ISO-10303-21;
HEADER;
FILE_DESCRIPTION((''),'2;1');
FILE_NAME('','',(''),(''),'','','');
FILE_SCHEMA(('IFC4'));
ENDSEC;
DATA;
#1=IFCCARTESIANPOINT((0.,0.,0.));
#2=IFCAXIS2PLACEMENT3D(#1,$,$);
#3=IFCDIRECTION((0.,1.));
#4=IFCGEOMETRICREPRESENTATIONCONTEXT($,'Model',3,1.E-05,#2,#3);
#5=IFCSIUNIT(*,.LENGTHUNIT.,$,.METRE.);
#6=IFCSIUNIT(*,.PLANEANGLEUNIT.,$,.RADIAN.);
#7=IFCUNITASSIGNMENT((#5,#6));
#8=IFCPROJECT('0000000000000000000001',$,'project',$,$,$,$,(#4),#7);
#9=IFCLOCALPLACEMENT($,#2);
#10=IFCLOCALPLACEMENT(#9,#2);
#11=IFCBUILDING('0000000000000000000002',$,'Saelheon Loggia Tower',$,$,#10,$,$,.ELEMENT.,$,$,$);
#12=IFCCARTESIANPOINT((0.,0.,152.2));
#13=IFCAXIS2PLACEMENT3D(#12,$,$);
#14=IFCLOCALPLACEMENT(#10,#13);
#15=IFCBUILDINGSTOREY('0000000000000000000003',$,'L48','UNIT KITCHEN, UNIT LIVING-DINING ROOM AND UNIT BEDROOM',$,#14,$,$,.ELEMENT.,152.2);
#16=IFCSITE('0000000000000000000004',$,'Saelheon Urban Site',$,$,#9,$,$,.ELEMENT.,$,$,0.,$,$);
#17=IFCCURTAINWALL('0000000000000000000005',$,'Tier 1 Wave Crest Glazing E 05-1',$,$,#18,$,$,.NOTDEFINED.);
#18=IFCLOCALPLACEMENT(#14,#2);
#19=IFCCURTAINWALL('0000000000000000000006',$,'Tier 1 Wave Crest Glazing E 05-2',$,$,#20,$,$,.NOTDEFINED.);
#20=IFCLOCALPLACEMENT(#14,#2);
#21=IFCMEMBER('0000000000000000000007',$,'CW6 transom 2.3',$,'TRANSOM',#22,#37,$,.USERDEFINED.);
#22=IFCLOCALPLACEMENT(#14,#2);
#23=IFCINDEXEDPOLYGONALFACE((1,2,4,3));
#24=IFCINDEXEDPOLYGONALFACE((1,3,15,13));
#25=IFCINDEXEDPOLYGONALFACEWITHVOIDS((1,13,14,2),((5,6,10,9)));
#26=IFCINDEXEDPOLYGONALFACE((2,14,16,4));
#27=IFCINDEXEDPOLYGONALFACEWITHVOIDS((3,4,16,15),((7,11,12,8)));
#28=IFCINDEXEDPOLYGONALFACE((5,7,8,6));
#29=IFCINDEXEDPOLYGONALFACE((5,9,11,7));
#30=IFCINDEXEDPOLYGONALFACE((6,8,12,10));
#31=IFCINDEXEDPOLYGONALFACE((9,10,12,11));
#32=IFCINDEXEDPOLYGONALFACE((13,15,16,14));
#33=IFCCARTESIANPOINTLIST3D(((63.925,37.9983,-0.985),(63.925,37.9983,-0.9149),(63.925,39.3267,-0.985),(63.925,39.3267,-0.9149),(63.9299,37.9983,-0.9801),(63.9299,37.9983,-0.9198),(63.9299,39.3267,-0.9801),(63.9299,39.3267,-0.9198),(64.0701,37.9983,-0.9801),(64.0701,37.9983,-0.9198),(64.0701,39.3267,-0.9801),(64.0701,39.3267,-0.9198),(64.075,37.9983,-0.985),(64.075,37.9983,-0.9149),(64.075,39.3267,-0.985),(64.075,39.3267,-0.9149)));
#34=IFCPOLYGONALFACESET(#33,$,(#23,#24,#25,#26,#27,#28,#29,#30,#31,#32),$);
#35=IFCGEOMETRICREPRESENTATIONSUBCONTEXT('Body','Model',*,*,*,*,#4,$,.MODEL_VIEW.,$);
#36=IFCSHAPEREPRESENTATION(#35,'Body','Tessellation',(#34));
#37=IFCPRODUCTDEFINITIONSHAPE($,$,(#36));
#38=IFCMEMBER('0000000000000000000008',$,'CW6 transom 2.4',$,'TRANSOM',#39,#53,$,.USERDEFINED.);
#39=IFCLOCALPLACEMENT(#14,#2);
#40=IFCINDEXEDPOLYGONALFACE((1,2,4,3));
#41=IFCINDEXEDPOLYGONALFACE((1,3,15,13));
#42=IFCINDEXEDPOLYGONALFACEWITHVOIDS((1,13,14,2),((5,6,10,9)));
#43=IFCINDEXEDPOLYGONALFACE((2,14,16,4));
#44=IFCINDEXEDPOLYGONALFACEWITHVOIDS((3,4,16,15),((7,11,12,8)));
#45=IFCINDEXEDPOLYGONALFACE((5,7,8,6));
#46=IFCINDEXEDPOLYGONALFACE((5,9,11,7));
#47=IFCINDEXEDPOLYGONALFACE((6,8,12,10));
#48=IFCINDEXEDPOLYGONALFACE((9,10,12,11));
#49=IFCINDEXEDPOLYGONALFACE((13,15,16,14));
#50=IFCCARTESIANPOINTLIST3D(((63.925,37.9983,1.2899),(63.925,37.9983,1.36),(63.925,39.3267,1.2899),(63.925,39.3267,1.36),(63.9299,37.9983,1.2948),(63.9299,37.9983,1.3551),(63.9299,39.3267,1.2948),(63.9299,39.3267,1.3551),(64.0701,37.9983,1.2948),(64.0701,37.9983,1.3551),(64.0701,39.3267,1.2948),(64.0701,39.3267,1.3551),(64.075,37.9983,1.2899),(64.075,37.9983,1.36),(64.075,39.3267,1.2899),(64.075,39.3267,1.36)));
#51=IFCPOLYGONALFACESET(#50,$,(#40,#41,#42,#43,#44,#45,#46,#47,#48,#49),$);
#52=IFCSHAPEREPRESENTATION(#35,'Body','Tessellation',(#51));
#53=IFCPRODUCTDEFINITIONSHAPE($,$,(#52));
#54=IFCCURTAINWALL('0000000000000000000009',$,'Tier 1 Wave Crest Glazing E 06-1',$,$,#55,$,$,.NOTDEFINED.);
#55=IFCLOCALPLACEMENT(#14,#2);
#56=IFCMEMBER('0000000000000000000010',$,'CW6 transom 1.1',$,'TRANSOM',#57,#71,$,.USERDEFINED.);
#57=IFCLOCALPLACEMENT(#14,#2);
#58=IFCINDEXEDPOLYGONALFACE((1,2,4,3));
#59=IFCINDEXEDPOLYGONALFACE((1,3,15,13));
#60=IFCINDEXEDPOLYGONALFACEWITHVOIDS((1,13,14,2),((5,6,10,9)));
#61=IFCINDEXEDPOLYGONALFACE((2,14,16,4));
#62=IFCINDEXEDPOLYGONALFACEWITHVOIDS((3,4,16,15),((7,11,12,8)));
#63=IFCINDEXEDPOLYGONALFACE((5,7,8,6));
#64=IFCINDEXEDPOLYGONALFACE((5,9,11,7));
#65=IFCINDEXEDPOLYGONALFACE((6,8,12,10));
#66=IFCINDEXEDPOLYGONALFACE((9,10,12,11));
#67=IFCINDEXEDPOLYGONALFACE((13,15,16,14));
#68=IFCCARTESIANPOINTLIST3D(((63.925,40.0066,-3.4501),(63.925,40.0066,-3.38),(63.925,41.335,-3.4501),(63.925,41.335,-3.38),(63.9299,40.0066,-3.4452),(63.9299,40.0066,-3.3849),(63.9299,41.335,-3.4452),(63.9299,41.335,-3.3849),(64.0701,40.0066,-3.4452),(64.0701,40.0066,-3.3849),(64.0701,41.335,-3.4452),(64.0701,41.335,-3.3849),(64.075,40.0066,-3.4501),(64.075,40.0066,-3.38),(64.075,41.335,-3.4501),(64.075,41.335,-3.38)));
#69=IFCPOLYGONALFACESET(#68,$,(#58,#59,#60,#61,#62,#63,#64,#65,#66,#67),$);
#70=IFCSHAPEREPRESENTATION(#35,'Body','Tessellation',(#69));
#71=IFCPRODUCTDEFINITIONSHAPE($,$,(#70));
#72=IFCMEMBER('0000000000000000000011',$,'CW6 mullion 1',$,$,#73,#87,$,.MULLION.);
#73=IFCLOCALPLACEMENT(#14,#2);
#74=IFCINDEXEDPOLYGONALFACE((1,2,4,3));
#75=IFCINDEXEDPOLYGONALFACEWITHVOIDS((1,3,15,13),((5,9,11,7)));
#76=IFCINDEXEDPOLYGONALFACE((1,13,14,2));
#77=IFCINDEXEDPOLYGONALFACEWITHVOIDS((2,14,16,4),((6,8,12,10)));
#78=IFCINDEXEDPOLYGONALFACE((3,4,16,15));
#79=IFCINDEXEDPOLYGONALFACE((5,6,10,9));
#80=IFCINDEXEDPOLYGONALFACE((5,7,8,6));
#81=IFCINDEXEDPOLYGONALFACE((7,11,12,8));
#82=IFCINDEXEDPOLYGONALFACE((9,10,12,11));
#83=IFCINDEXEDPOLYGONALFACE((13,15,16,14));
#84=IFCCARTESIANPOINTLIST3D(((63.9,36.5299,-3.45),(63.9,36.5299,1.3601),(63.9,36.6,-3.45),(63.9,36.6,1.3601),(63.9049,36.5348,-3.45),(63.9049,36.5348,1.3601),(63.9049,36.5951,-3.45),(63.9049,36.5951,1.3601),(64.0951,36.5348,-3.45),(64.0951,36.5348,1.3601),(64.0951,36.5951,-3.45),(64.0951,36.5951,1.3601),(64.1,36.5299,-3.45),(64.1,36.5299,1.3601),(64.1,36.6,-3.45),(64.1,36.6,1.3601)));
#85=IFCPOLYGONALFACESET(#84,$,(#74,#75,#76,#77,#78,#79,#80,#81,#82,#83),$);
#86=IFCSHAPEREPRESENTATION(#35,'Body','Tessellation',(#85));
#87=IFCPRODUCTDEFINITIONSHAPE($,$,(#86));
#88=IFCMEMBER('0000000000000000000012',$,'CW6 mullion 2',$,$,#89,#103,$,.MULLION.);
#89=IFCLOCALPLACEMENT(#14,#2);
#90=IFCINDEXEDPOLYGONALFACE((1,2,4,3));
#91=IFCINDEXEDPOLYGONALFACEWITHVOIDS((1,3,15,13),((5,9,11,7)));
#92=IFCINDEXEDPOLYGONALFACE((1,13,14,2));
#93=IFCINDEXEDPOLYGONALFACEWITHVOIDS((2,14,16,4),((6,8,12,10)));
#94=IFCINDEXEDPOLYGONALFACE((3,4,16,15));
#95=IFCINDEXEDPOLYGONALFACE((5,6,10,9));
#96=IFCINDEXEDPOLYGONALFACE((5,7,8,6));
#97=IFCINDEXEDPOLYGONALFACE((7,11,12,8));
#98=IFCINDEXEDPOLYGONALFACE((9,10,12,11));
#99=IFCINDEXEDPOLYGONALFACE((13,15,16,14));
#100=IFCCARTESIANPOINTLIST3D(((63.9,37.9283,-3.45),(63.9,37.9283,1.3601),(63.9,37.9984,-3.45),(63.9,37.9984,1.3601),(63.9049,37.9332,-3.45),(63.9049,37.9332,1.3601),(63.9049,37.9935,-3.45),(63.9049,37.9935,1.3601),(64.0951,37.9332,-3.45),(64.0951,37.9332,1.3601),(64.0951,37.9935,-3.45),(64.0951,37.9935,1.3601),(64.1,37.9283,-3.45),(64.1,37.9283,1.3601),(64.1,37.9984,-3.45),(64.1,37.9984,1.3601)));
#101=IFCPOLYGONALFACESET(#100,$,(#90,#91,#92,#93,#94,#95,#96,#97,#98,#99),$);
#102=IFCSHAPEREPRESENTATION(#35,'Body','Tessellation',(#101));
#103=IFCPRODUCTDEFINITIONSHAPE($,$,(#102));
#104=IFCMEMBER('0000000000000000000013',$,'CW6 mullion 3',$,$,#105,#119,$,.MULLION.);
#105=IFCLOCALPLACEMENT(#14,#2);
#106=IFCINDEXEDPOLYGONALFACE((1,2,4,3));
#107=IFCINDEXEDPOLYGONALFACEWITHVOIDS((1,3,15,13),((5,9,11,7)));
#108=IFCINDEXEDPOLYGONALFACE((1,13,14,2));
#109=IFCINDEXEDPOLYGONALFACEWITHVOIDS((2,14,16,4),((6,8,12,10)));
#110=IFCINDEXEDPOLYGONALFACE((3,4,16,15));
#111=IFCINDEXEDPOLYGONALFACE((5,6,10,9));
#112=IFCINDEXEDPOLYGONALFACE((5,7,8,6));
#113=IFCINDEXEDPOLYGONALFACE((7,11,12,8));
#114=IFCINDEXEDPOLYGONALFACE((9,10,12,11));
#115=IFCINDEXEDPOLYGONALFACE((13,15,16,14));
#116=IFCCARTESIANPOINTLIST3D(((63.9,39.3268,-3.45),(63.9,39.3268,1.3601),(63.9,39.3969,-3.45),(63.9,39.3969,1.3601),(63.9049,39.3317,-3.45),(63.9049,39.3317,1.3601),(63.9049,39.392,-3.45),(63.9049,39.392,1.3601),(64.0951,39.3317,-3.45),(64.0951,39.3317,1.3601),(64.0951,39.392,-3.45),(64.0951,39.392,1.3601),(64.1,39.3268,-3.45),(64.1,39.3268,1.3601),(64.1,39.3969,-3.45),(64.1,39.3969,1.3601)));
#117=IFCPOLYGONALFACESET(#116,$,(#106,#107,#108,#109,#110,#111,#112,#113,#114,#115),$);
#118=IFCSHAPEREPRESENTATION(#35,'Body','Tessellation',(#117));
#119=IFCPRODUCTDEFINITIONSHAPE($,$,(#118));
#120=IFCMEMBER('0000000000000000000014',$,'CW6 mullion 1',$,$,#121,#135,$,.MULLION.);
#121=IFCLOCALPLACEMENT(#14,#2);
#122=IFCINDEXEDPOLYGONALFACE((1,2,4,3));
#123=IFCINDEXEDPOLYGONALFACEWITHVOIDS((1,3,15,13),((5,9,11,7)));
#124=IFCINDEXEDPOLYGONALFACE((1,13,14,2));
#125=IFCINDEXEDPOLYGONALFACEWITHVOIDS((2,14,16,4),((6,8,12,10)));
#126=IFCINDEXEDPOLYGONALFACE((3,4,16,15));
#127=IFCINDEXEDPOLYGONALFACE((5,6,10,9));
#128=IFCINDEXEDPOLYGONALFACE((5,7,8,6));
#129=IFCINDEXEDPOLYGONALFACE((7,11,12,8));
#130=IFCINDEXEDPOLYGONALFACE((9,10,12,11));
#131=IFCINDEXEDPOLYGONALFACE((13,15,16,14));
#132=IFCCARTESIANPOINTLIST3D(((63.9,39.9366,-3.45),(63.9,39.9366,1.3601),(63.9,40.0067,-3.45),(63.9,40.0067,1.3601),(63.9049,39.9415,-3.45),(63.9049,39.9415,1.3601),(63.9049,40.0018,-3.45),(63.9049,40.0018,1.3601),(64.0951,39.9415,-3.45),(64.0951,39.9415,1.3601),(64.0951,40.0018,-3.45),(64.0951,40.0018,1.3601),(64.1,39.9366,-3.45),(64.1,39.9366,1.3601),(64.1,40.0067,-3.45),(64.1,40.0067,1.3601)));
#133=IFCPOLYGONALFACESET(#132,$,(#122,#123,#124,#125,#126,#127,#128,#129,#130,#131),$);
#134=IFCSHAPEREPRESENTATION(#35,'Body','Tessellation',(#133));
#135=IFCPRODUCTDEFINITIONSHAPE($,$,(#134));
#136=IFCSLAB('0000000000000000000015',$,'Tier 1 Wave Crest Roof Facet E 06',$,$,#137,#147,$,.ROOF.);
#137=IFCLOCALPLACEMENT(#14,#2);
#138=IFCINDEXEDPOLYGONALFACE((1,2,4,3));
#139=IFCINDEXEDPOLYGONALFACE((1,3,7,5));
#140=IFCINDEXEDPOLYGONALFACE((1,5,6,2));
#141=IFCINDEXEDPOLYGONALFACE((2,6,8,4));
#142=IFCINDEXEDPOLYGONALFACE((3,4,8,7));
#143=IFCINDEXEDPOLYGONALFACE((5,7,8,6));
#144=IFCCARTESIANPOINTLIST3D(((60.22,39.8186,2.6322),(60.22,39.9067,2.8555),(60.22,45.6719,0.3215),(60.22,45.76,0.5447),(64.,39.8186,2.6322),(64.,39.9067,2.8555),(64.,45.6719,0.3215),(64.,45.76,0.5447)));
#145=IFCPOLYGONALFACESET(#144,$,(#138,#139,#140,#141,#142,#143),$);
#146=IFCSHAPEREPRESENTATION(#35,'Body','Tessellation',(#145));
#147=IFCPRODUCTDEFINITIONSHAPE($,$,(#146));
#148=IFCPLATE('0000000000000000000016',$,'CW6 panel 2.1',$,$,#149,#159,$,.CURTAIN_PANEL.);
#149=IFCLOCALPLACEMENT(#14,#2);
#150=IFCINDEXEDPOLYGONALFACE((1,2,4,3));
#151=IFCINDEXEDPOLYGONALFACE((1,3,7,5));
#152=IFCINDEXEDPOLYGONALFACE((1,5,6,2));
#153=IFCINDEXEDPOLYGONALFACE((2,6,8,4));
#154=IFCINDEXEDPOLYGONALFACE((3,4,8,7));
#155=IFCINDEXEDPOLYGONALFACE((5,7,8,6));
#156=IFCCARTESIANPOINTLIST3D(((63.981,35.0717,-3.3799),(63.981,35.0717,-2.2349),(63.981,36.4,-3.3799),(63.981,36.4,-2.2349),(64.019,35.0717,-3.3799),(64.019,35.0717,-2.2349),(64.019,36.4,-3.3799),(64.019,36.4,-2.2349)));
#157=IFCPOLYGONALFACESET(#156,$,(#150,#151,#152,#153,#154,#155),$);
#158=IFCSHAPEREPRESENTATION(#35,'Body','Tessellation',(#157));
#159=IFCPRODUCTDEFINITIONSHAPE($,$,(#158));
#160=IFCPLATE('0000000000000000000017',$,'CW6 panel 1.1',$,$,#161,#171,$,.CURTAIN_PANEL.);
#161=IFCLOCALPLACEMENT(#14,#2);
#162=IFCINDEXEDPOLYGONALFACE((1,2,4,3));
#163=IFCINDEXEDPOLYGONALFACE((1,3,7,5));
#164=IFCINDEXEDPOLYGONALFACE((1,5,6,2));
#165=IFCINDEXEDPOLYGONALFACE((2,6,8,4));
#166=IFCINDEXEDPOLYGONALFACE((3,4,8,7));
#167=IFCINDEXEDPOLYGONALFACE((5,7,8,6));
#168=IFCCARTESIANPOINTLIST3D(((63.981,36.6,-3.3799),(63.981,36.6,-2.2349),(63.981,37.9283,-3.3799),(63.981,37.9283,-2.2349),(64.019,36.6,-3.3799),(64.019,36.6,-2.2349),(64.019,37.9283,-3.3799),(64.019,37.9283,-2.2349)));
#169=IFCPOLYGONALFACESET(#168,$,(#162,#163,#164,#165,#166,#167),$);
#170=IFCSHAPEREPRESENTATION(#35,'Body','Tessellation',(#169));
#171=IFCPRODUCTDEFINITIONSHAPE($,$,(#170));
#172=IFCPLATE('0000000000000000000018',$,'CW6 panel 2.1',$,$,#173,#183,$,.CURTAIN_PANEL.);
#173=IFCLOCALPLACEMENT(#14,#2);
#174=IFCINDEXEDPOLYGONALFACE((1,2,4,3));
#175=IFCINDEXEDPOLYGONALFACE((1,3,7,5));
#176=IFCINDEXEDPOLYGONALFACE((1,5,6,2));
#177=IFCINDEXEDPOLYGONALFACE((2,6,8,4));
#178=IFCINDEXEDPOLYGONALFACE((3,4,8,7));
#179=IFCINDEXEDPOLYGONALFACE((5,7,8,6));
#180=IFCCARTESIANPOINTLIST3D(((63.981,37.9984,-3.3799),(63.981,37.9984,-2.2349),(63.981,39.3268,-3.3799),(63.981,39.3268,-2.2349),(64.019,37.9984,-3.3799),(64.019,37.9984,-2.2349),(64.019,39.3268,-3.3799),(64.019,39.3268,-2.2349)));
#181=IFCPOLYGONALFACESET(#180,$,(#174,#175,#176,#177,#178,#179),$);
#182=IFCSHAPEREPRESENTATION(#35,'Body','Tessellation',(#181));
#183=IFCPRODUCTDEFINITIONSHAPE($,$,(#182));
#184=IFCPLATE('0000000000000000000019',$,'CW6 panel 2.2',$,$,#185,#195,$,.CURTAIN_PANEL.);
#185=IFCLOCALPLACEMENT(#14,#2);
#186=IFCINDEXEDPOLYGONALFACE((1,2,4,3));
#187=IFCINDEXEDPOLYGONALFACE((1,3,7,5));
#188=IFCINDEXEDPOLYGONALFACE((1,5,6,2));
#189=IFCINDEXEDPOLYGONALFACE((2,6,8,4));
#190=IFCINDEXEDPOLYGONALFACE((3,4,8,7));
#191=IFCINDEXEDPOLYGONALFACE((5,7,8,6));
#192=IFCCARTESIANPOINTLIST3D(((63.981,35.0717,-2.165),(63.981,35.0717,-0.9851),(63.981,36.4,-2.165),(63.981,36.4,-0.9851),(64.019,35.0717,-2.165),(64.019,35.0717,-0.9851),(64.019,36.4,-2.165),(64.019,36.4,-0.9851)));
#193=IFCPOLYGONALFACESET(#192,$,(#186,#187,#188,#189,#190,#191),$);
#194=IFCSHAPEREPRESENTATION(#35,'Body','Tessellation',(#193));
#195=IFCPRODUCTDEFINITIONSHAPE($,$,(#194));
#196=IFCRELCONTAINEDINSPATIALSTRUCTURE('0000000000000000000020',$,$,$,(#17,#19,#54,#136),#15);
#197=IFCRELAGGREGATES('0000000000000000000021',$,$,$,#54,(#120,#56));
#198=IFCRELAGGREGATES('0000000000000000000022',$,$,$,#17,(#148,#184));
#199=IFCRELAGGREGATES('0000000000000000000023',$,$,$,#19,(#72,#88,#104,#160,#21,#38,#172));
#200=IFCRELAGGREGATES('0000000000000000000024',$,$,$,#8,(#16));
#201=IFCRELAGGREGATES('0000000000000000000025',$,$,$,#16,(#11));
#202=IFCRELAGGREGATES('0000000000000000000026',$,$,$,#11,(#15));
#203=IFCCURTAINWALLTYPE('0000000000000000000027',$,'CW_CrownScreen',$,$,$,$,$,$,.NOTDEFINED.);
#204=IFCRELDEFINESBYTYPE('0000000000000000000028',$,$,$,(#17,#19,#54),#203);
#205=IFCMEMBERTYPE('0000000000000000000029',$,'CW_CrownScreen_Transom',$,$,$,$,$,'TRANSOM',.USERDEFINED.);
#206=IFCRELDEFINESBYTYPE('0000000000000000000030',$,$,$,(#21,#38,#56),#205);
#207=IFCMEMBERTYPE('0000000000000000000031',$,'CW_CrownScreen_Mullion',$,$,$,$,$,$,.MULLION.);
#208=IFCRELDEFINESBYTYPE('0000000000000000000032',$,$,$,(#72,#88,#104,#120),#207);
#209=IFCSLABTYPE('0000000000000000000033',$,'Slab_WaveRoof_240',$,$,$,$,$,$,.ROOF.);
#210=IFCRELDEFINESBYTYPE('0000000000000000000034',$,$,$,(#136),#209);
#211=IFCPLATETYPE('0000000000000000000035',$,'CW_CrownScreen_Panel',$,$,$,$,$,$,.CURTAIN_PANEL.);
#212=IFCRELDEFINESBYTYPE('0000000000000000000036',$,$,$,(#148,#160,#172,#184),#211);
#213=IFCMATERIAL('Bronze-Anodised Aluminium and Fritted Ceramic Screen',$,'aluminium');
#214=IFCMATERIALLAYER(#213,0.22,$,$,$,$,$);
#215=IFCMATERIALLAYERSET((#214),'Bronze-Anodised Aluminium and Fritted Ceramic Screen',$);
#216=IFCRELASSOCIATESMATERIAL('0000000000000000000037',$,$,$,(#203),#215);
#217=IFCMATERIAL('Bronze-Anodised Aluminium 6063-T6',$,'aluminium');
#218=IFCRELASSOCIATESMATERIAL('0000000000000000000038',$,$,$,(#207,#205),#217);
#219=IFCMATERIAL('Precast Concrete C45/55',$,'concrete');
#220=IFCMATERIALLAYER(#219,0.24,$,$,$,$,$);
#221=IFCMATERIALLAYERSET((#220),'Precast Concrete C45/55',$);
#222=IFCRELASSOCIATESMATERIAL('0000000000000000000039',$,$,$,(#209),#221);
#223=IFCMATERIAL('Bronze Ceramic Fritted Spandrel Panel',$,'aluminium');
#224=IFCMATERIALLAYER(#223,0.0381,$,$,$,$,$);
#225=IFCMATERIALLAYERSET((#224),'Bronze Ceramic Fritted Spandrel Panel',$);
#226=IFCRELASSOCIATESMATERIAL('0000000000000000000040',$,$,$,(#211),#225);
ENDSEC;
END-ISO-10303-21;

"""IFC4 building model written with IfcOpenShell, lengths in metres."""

from ifc_helpers import new_model, si_unit, direction, frame, origin, origin_2d, place, context, subcontext, project, spatial, polyline, rectangle, hollow_rectangle, outline, extrude, source, transform, mapped, material, layer, layer_set, material_profile, profile_set, type_object, element, aggregate, save


model = new_model("IFC4")

# Units and contexts
model_context = context("Model", 3, precision=1e-05, world=origin(), true_north=direction((0.0, 1.0)))
body_context = subcontext(model_context, "Body", "Model", "MODEL_VIEW")
ifc_project = project(units=[si_unit("LENGTHUNIT", "METRE"), si_unit("PLANEANGLEUNIT", "RADIAN")], contexts=[model_context])

# Site, building, storey
site_placement = place(None, origin())
site = spatial("IfcSite", under=ifc_project, at=site_placement, Name="Saelheon Urban Site", CompositionType="ELEMENT", RefElevation=0.0)
building_placement = place(site_placement, origin())
building = spatial("IfcBuilding", under=site, at=building_placement, Name="Saelheon Loggia Tower", CompositionType="ELEMENT")
storey_placement = place(building_placement, frame((0.0, 0.0, 152.2)))
storey = spatial("IfcBuildingStorey", under=building, at=storey_placement, Name="L48", Description="UNIT KITCHEN, UNIT LIVING-DINING ROOM AND UNIT BEDROOM", CompositionType="ELEMENT", Elevation=152.2)

# Curtain walls, members
ifc_material_1 = material(Name="Bronze-Anodised Aluminium and Fritted Ceramic Screen", Category="aluminium")
ifc_layer_1 = layer(ifc_material_1, 0.22)
ifc_layer_set_1 = layer_set([ifc_layer_1], Name="Bronze-Anodised Aluminium and Fritted Ceramic Screen")
curtain_wall_type = type_object("IfcCurtainWallType", Name="CW_CrownScreen", PredefinedType="NOTDEFINED", material=ifc_layer_set_1)
curtain_wall_1_placement = place(storey_placement, origin())
curtain_wall_1 = element("IfcCurtainWall", 1, at=curtain_wall_1_placement, inside=storey, type_object=curtain_wall_type, Name="Tier 1 Wave Crest Glazing E 05-1", PredefinedType="NOTDEFINED")
ifc_material_2 = material(Name="Bronze-Anodised Aluminium 6063-T6", Category="aluminium")
ifc_material_profile_1 = material_profile(ifc_material_2, hollow_rectangle(XDim=0.0701, YDim=0.2, WallThickness=0.0049, at=origin_2d()), Name="RHS-200x70x5")
ifc_profile_set_1 = profile_set([ifc_material_profile_1], Name="Bronze-Anodised Aluminium 6063-T6")
member_type_1 = type_object("IfcMemberType", Name="CW_CrownScreen_Mullion", PredefinedType="MULLION", material=ifc_profile_set_1)
ifc_material_profile_2 = material_profile(ifc_material_2, hollow_rectangle(XDim=0.0701, YDim=0.1499, WallThickness=0.0049, at=origin_2d()), Name="RHS-150x70x5")
ifc_profile_set_2 = profile_set([ifc_material_profile_2], Name="Bronze-Anodised Aluminium 6063-T6")
member_type_2 = type_object("IfcMemberType", Name="CW_CrownScreen_Transom", ElementType="TRANSOM", PredefinedType="USERDEFINED", material=ifc_profile_set_2)
shared_shape_1 = source(origin(), body_context, "Body", "SweptSolid", [
    extrude(hollow_rectangle(XDim=0.0701, YDim=0.1499, WallThickness=0.0049, at=origin_2d()), origin(), (0.0, 0.0, 1.0), 1.3284),
])
curtain_wall_2_placement = place(storey_placement, origin())
curtain_wall_2 = element("IfcCurtainWall", 2, at=curtain_wall_2_placement, inside=storey, type_object=curtain_wall_type, Name="Tier 1 Wave Crest Glazing E 05-2", PredefinedType="NOTDEFINED")
member_1_placement = place(storey_placement, frame((64.0, 37.9983, -0.95), z_axis=(0.0, 1.0, 0.0), x_axis=(0.0, 0.0, 1.0)))
member_1 = element("IfcMember", 3, at=member_1_placement, type_object=member_type_2, Name="CW6 transom 2.3", ObjectType="TRANSOM", PredefinedType="USERDEFINED", context=body_context, shape_type="MappedRepresentation", body=[
    mapped(shared_shape_1, transform((0.0, 0.0, 0.0), scale=1.0)),
])
member_2_placement = place(storey_placement, frame((64.0, 37.9983, 1.325), z_axis=(0.0, 1.0, 0.0), x_axis=(0.0, 0.0, 1.0)))
member_2 = element("IfcMember", 4, at=member_2_placement, type_object=member_type_2, Name="CW6 transom 2.4", ObjectType="TRANSOM", PredefinedType="USERDEFINED", context=body_context, shape_type="MappedRepresentation", body=[
    mapped(shared_shape_1, transform((0.0, 0.0, 0.0), scale=1.0)),
])

# Curtain wall, member
curtain_wall_3_placement = place(storey_placement, origin())
curtain_wall_3 = element("IfcCurtainWall", 5, at=curtain_wall_3_placement, inside=storey, type_object=curtain_wall_type, Name="Tier 1 Wave Crest Glazing E 06-1", PredefinedType="NOTDEFINED")
member_3_placement = place(storey_placement, frame((64.0, 40.0066, -3.415), z_axis=(0.0, 1.0, 0.0), x_axis=(0.0, 0.0, 1.0)))
member_3 = element("IfcMember", 6, at=member_3_placement, type_object=member_type_2, Name="CW6 transom 1.1", ObjectType="TRANSOM", PredefinedType="USERDEFINED", context=body_context, shape_type="MappedRepresentation", body=[
    mapped(shared_shape_1, transform((0.0, 0.0, 0.0), scale=1.0)),
])

# Members
shared_shape_2 = source(origin(), body_context, "Body", "SweptSolid", [
    extrude(hollow_rectangle(XDim=0.0701, YDim=0.2, WallThickness=0.0049, at=origin_2d()), origin(), (0.0, 0.0, 1.0), 4.8101),
])
member_4_placement = place(storey_placement, frame((64.0, 36.5649, -3.45), z_axis=(0.0, 0.0, 1.0), x_axis=(0.0, 1.0, 0.0)))
member_4 = element("IfcMember", 7, at=member_4_placement, type_object=member_type_1, Name="CW6 mullion 1", PredefinedType="MULLION", context=body_context, shape_type="MappedRepresentation", body=[
    mapped(shared_shape_2, transform((0.0, 0.0, 0.0), scale=1.0)),
])
member_5_placement = place(storey_placement, frame((64.0, 37.9634, -3.45), z_axis=(0.0, 0.0, 1.0), x_axis=(0.0, 1.0, 0.0)))
member_5 = element("IfcMember", 8, at=member_5_placement, type_object=member_type_1, Name="CW6 mullion 2", PredefinedType="MULLION", context=body_context, shape_type="MappedRepresentation", body=[
    mapped(shared_shape_2, transform((0.0, 0.0, 0.0), scale=1.0)),
])
member_6_placement = place(storey_placement, frame((64.0, 39.3618, -3.45), z_axis=(0.0, 0.0, 1.0), x_axis=(0.0, 1.0, 0.0)))
member_6 = element("IfcMember", 9, at=member_6_placement, type_object=member_type_1, Name="CW6 mullion 3", PredefinedType="MULLION", context=body_context, shape_type="MappedRepresentation", body=[
    mapped(shared_shape_2, transform((0.0, 0.0, 0.0), scale=1.0)),
])
member_7_placement = place(storey_placement, frame((64.0, 39.9717, -3.45), z_axis=(0.0, 0.0, 1.0), x_axis=(0.0, 1.0, 0.0)))
member_7 = element("IfcMember", 10, at=member_7_placement, type_object=member_type_1, Name="CW6 mullion 1", PredefinedType="MULLION", context=body_context, shape_type="MappedRepresentation", body=[
    mapped(shared_shape_2, transform((0.0, 0.0, 0.0), scale=1.0)),
])
aggregate(curtain_wall_3, [member_7, member_3])

# Slab
ifc_material_3 = material(Name="Precast Concrete C45/55", Category="concrete")
ifc_layer_2 = layer(ifc_material_3, 0.24)
ifc_layer_set_2 = layer_set([ifc_layer_2], Name="Precast Concrete C45/55")
slab_type = type_object("IfcSlabType", Name="Slab_WaveRoof_240", PredefinedType="ROOF", material=ifc_layer_set_2)
slab_placement = place(storey_placement, frame((60.22, 39.9067, 2.8555), z_axis=(0.0, 0.367206, 0.93014), x_axis=(1.0, 0.0, 0.0)))
element("IfcSlab", 11, at=slab_placement, inside=storey, type_object=slab_type, Name="Tier 1 Wave Crest Roof Facet E 06", PredefinedType="ROOF", context=body_context, shape_type="SweptSolid", body=[
    extrude(outline(polyline([(0.0, 0.0), (3.78, 0.0), (3.78, 6.2929), (0.0, 6.2929), (0.0, 0.0)])), origin(), (0.0, 0.0, -1.0), 0.24),
])

# Plates
ifc_material_4 = material(Name="Bronze Ceramic Fritted Spandrel Panel", Category="aluminium")
ifc_layer_3 = layer(ifc_material_4, 0.0381)
ifc_layer_set_3 = layer_set([ifc_layer_3], Name="Bronze Ceramic Fritted Spandrel Panel")
plate_type = type_object("IfcPlateType", Name="CW_CrownScreen_Panel", PredefinedType="CURTAIN_PANEL", material=ifc_layer_set_3)
shared_shape_3 = source(origin(), body_context, "Body", "SweptSolid", [
    extrude(rectangle(XDim=1.3284, YDim=0.0381, at=origin_2d()), origin(), (0.0, 0.0, 1.0), 1.145),
])
plate_1_placement = place(storey_placement, frame((64.0, 35.7358, -3.3799), z_axis=(0.0, 0.0, 1.0), x_axis=(0.0, 1.0, 0.0)))
plate_1 = element("IfcPlate", 12, at=plate_1_placement, type_object=plate_type, Name="CW6 panel 2.1", PredefinedType="CURTAIN_PANEL", context=body_context, shape_type="MappedRepresentation", body=[
    mapped(shared_shape_3, transform((0.0, 0.0, 0.0), scale=1.0)),
])
plate_2_placement = place(storey_placement, frame((64.0, 37.2642, -3.3799), z_axis=(0.0, 0.0, 1.0), x_axis=(0.0, 1.0, 0.0)))
plate_2 = element("IfcPlate", 13, at=plate_2_placement, type_object=plate_type, Name="CW6 panel 1.1", PredefinedType="CURTAIN_PANEL", context=body_context, shape_type="MappedRepresentation", body=[
    mapped(shared_shape_3, transform((0.0, 0.0, 0.0), scale=1.0)),
])
plate_3_placement = place(storey_placement, frame((64.0, 38.6626, -3.3799), z_axis=(0.0, 0.0, 1.0), x_axis=(0.0, 1.0, 0.0)))
plate_3 = element("IfcPlate", 14, at=plate_3_placement, type_object=plate_type, Name="CW6 panel 2.1", PredefinedType="CURTAIN_PANEL", context=body_context, shape_type="MappedRepresentation", body=[
    mapped(shared_shape_3, transform((0.0, 0.0, 0.0), scale=1.0)),
])
shared_shape_4 = source(origin(), body_context, "Body", "SweptSolid", [
    extrude(rectangle(XDim=1.3284, YDim=0.0381, at=origin_2d()), origin(), (0.0, 0.0, 1.0), 1.1799),
])
plate_4_placement = place(storey_placement, frame((64.0, 35.7358, -2.165), z_axis=(0.0, 0.0, 1.0), x_axis=(0.0, 1.0, 0.0)))
plate_4 = element("IfcPlate", 15, at=plate_4_placement, type_object=plate_type, Name="CW6 panel 2.2", PredefinedType="CURTAIN_PANEL", context=body_context, shape_type="MappedRepresentation", body=[
    mapped(shared_shape_4, transform((0.0, 0.0, 0.0), scale=1.0)),
])
aggregate(curtain_wall_1, [plate_1, plate_4])
aggregate(curtain_wall_2, [member_4, member_5, member_6, plate_2, member_1, member_2, plate_3])

save(model, "model.ifc")
